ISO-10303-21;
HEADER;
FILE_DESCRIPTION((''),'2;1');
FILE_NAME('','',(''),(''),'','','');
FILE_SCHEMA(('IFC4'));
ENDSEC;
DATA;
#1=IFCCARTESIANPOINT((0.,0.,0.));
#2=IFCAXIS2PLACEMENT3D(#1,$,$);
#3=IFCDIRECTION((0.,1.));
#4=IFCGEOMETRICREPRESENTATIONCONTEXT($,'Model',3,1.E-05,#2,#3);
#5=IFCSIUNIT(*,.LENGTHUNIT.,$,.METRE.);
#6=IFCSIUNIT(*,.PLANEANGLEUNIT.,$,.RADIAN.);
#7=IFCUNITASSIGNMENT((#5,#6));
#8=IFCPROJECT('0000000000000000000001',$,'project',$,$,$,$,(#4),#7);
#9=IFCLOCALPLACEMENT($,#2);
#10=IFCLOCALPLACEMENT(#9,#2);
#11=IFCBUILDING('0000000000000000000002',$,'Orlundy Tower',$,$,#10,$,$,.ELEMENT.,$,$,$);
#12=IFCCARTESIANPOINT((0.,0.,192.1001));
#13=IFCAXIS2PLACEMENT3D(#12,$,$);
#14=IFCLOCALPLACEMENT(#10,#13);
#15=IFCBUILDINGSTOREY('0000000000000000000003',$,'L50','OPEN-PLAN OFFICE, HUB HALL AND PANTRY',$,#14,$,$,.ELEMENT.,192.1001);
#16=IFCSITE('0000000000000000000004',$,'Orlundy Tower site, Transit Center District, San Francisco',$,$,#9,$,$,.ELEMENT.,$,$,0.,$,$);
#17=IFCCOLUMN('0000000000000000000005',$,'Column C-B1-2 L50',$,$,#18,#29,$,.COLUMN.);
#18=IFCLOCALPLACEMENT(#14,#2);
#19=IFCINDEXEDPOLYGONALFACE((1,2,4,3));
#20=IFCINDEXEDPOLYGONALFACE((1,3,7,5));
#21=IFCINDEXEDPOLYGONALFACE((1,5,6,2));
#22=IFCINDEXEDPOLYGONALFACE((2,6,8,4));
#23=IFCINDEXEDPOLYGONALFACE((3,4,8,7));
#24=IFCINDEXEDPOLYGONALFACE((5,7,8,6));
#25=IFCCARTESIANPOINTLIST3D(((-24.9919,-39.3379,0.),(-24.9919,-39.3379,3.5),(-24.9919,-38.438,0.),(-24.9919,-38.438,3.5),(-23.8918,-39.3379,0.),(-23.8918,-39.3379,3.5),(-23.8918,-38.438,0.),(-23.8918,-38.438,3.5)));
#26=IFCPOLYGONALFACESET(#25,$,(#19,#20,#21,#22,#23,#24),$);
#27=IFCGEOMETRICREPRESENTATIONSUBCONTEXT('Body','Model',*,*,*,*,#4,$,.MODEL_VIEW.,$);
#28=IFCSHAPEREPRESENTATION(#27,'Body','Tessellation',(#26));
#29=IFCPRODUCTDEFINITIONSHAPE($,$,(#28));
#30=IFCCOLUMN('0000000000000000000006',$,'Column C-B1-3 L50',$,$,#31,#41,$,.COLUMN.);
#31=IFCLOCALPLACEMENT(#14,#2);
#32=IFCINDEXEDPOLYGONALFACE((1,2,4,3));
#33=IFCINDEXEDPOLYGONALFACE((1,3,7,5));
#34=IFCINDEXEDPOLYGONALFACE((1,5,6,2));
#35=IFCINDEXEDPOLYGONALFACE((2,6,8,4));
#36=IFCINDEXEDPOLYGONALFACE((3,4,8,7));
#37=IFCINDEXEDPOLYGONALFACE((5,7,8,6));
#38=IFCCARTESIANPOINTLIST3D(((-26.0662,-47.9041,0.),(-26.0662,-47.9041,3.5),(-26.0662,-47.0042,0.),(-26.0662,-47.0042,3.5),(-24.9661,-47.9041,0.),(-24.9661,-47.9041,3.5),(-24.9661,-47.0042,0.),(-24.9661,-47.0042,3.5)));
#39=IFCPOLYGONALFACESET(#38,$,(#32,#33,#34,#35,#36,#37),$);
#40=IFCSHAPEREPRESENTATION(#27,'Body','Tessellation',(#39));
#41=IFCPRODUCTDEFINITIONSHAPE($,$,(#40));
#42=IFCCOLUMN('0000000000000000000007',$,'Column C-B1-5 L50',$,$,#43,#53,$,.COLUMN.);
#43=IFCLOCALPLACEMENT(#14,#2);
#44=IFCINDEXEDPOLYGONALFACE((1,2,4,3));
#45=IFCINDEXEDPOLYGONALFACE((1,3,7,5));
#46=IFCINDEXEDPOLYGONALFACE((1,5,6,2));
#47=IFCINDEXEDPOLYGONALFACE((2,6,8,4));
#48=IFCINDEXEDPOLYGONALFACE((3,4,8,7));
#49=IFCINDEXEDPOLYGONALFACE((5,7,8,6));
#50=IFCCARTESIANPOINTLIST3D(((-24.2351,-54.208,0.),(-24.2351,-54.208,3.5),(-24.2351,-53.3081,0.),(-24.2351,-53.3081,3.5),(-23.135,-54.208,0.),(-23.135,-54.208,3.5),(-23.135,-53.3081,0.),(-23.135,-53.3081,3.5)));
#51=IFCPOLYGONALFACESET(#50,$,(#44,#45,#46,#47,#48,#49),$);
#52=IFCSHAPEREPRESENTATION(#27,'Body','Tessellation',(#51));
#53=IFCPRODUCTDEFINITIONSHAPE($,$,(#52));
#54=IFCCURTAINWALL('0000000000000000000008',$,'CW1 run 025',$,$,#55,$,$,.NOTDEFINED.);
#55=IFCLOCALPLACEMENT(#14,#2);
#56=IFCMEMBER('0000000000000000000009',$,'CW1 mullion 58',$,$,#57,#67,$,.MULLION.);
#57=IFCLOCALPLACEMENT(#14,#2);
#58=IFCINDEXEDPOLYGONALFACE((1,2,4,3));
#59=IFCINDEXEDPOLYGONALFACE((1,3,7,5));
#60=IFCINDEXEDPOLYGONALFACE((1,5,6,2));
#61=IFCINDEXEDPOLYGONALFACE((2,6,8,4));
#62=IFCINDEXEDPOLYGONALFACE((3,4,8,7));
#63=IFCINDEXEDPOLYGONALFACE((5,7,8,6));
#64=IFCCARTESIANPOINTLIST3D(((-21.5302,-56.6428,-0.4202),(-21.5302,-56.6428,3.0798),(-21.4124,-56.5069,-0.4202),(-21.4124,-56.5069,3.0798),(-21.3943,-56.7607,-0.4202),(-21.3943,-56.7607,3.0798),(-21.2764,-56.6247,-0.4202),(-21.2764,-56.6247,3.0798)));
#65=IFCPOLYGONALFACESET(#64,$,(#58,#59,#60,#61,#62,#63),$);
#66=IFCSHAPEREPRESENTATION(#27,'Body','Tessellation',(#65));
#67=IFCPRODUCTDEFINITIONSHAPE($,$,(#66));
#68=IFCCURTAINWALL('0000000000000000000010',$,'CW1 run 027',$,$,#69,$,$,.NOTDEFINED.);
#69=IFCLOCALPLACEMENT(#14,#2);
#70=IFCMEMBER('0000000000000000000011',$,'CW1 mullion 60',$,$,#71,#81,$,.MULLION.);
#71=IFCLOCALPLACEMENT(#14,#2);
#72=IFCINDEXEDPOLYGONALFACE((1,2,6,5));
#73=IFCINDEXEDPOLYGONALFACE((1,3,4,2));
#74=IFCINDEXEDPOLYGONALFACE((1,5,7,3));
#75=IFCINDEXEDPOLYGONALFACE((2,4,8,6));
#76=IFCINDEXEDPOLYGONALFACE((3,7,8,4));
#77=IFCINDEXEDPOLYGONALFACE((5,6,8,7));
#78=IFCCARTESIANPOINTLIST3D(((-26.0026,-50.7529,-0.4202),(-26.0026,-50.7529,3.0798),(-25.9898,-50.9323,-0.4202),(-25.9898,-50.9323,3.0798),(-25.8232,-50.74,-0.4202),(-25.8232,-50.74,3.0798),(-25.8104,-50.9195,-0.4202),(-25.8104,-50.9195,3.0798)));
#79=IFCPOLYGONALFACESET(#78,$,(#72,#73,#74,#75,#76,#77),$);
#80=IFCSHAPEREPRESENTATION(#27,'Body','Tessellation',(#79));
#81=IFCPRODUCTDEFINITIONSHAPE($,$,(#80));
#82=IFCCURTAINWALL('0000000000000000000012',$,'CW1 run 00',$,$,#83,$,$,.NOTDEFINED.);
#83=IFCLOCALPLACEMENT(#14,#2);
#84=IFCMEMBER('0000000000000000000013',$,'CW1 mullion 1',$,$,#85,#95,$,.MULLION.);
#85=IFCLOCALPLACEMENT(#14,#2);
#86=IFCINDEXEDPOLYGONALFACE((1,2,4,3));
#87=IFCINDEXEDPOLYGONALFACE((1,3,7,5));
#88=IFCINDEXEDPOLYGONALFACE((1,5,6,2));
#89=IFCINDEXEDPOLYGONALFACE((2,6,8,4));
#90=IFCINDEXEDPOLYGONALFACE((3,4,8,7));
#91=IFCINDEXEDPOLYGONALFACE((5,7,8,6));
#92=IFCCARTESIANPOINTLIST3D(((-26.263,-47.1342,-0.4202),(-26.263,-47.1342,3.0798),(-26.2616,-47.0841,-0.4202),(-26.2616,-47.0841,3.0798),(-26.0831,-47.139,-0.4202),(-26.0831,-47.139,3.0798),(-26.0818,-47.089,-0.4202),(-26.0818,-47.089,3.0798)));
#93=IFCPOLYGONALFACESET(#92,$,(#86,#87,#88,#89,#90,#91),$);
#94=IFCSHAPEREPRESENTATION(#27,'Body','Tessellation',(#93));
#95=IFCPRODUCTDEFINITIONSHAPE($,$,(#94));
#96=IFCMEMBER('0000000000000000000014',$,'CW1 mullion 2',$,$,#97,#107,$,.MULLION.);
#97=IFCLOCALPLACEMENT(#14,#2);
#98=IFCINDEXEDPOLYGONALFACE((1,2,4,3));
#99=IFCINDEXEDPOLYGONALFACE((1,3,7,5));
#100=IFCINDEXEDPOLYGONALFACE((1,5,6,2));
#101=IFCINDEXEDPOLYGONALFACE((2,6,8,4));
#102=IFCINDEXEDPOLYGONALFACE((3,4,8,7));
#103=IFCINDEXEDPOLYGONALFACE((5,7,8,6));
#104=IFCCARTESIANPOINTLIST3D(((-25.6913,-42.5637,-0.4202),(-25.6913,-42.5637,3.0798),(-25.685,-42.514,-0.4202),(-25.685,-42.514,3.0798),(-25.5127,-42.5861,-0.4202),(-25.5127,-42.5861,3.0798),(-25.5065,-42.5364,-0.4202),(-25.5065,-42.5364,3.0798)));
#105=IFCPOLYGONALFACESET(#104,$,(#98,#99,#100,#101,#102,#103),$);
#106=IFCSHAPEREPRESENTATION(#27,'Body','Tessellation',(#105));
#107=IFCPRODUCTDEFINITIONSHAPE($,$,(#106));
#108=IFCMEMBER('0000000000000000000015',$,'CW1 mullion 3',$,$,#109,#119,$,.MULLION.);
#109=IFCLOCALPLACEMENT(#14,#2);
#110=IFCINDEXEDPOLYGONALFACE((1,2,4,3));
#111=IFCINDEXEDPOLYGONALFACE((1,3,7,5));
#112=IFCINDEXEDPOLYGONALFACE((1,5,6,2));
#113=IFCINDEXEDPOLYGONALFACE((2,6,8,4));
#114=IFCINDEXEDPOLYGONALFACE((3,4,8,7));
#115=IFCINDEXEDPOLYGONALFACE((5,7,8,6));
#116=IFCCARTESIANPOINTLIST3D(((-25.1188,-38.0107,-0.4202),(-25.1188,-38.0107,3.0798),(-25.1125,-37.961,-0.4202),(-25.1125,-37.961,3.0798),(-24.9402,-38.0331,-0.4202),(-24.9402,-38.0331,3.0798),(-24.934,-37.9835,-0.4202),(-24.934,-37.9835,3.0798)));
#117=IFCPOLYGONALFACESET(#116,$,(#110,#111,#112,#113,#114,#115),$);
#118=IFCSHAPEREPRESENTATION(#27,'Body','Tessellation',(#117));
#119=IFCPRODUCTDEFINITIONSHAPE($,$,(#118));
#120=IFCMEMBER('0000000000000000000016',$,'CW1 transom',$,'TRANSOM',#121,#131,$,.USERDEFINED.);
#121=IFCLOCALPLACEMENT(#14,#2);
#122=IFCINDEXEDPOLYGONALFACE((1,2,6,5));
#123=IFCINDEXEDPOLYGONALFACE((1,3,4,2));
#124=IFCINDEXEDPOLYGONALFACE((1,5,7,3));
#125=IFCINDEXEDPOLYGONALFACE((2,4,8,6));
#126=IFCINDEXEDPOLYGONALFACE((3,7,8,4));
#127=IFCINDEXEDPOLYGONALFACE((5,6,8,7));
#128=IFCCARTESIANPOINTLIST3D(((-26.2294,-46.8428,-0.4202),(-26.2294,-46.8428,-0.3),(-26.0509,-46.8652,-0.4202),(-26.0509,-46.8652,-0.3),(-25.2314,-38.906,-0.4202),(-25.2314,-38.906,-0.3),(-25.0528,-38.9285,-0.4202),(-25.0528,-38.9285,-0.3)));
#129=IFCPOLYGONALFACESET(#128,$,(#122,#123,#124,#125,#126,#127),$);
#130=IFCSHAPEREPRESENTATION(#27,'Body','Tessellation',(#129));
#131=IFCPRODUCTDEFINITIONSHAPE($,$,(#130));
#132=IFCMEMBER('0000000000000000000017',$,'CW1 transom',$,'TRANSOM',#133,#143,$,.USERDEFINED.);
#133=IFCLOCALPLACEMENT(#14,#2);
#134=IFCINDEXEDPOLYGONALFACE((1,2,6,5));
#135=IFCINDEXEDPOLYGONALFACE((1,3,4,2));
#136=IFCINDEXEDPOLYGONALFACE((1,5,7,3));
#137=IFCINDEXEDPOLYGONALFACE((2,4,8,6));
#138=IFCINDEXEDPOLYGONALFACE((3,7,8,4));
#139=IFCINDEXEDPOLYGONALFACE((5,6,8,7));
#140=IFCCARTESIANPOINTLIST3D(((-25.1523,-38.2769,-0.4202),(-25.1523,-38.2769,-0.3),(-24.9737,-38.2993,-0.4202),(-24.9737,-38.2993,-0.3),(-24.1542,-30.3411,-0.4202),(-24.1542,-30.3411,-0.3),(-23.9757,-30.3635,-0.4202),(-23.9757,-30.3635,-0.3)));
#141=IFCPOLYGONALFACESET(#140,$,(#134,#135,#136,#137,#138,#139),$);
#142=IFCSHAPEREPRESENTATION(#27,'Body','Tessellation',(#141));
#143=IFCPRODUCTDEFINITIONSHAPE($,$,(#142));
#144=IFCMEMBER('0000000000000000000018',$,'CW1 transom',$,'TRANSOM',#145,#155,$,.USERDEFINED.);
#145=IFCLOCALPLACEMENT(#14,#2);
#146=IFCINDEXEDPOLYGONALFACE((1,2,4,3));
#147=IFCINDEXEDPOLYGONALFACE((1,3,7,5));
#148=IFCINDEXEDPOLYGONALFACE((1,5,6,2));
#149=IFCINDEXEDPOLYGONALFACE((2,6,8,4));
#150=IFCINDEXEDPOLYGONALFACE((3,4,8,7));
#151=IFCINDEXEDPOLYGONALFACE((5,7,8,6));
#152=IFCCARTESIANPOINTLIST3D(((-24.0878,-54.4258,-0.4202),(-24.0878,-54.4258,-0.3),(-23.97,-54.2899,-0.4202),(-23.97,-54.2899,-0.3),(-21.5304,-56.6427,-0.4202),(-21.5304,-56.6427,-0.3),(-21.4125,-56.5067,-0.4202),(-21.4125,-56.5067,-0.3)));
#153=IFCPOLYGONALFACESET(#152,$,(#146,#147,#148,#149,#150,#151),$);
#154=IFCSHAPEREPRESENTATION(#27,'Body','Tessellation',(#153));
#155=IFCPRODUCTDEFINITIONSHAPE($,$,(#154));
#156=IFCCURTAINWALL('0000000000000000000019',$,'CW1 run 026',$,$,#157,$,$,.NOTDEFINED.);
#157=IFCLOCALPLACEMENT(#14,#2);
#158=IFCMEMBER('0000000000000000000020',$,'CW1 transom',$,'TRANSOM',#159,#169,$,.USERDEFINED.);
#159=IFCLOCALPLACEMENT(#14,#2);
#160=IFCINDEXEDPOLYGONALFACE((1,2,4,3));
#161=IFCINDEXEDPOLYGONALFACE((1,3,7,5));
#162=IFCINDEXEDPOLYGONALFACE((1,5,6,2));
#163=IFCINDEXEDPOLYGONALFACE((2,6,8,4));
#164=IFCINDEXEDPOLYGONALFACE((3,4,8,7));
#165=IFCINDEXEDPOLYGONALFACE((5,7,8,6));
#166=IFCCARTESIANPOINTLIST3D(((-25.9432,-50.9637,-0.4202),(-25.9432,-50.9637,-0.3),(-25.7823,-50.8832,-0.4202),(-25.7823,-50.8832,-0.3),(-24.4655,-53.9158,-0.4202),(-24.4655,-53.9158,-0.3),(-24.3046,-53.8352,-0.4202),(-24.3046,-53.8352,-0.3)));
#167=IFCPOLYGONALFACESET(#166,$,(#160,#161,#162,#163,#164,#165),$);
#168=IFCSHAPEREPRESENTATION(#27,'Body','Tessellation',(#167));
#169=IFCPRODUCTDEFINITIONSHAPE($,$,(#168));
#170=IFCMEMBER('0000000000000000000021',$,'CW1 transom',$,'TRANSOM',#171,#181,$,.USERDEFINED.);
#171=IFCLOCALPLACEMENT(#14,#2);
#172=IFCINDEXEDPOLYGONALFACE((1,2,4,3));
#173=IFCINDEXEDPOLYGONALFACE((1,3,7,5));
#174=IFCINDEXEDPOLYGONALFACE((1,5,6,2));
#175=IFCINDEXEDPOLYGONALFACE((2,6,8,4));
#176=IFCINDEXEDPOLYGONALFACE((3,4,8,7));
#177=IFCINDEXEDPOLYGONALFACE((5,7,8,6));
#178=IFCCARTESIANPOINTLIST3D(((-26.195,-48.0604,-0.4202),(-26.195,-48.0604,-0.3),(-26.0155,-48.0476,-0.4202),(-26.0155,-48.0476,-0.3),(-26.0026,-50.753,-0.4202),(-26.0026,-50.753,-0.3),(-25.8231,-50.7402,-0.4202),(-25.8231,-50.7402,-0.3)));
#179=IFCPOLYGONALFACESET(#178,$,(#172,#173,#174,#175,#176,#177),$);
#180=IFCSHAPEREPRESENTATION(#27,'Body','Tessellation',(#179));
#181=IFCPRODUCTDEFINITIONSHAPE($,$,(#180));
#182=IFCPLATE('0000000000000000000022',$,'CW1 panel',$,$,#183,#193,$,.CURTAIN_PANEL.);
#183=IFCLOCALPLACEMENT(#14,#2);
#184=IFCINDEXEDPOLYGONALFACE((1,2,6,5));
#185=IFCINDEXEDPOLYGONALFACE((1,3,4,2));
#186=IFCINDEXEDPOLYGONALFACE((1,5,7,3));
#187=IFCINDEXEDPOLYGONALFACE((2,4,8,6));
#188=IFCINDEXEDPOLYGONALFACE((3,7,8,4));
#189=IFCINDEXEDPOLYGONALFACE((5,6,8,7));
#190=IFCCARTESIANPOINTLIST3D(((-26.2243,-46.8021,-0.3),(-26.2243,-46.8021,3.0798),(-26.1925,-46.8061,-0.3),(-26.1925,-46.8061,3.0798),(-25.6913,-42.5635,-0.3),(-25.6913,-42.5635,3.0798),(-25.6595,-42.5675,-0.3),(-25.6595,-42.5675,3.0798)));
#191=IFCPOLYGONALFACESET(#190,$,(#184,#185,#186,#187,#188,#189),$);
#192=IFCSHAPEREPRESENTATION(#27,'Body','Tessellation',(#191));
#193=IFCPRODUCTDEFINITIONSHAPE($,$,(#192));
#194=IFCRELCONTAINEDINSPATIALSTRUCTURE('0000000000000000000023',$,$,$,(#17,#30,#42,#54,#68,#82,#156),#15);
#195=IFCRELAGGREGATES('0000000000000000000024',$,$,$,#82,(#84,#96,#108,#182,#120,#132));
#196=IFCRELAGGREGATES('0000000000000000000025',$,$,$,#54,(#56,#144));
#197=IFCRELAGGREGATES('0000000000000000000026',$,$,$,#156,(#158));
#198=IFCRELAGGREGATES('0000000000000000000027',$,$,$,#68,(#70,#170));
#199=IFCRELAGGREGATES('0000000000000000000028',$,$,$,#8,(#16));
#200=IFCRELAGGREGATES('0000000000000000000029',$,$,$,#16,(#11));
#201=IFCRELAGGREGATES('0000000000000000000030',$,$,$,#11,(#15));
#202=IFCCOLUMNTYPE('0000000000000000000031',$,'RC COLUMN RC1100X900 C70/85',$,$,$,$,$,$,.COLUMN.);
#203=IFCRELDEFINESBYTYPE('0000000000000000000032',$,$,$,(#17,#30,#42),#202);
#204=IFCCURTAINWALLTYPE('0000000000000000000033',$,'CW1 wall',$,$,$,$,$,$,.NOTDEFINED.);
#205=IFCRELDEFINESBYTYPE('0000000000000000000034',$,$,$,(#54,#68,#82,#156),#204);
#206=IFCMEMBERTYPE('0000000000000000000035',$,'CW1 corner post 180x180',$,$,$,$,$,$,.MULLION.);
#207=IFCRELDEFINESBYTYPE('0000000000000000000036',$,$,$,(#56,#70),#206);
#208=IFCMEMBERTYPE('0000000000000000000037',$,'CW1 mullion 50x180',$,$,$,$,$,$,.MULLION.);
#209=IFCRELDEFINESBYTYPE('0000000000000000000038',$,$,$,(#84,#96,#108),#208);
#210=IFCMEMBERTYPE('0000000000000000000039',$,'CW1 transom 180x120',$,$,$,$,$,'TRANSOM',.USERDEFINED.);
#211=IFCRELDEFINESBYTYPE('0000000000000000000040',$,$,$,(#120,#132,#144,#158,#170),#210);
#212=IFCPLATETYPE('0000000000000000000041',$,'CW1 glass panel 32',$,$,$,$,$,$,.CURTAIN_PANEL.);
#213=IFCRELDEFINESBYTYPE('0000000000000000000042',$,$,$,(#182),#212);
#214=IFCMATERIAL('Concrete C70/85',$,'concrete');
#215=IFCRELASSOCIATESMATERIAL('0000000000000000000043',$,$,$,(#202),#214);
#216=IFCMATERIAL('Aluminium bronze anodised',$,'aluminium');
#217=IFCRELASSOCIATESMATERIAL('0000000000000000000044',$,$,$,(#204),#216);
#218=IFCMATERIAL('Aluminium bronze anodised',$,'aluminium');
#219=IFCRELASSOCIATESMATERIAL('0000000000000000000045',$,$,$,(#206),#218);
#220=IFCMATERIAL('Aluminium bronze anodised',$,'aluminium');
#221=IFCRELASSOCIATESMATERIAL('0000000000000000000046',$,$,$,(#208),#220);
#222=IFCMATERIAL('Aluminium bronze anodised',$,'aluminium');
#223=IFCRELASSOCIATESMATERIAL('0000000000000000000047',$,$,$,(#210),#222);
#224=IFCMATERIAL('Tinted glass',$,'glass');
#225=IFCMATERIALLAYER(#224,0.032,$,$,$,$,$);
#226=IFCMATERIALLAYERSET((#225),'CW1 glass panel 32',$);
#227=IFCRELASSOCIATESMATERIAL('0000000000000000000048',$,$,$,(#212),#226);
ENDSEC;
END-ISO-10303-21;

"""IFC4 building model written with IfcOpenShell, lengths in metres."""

from ifc_helpers import new_model, si_unit, direction, frame, origin, origin_2d, place, context, subcontext, project, spatial, rectangle, extrude, material, layer, layer_set, material_profile, profile_set, type_object, element, aggregate, save


model = new_model("IFC4")

# Units and contexts
model_context = context("Model", 3, precision=1e-05, world=origin(), true_north=direction((0.0, 1.0)))
body_context = subcontext(model_context, "Body", "Model", "MODEL_VIEW")
ifc_project = project(units=[si_unit("LENGTHUNIT", "METRE"), si_unit("PLANEANGLEUNIT", "RADIAN")], contexts=[model_context])

# Site, building, storey
site_placement = place(None, origin())
site = spatial("IfcSite", under=ifc_project, at=site_placement, Name="Orlundy Tower site, Transit Center District, San Francisco", CompositionType="ELEMENT", RefElevation=0.0)
building_placement = place(site_placement, origin())
building = spatial("IfcBuilding", under=site, at=building_placement, Name="Orlundy Tower", CompositionType="ELEMENT")
storey_placement = place(building_placement, frame((0.0, 0.0, 192.1001)))
storey = spatial("IfcBuildingStorey", under=building, at=storey_placement, Name="L50", Description="OPEN-PLAN OFFICE, HUB HALL AND PANTRY", CompositionType="ELEMENT", Elevation=192.1001)

# Columns
ifc_material_1 = material(Name="Concrete C70/85", Category="concrete")
ifc_material_profile_1 = material_profile(ifc_material_1, rectangle(XDim=1.1001, YDim=0.8999, at=origin_2d()), Name="RC1100X900")
ifc_profile_set_1 = profile_set([ifc_material_profile_1], Name="Concrete C70/85")
column_type = type_object("IfcColumnType", Name="RC COLUMN RC1100X900 C70/85", PredefinedType="COLUMN", material=ifc_profile_set_1)
for number, where, z_axis, x_axis, name in (
    (1, (-24.4419, -38.8879, 0.0), (0.0, 0.0, 1.0), (1.0, 0.0, 0.0), "Column C-B1-2 L50"),
    (2, (-25.5161, -47.4541, 0.0), (0.0, 0.0, 1.0), (1.0, 0.0, 0.0), "Column C-B1-3 L50"),
    (3, (-23.6851, -53.7581, 0.0), (0.0, 0.0, 1.0), (1.0, 0.0, 0.0), "Column C-B1-5 L50"),
):
    element("IfcColumn", number, at=place(storey_placement, frame(where, z_axis=z_axis, x_axis=x_axis)), inside=storey, type_object=column_type, Name=name, PredefinedType="COLUMN", context=body_context, shape_type="SweptSolid", body=[
        extrude(rectangle(XDim=1.1001, YDim=0.8999, at=origin_2d()), origin(), (0.0, 0.0, 1.0), 3.5),
    ])

# Curtain walls, members
ifc_material_2 = material(Name="Aluminium bronze anodised", Category="aluminium")
curtain_wall_type = type_object("IfcCurtainWallType", Name="CW1 wall", PredefinedType="NOTDEFINED", material=ifc_material_2)
curtain_wall_1_placement = place(storey_placement, origin())
curtain_wall_1 = element("IfcCurtainWall", 4, at=curtain_wall_1_placement, inside=storey, type_object=curtain_wall_type, Name="CW1 run 025", PredefinedType="NOTDEFINED")
ifc_material_3 = material(Name="Aluminium bronze anodised", Category="aluminium")
ifc_material_profile_2 = material_profile(ifc_material_3, rectangle(XDim=0.1799, YDim=0.1799, at=origin_2d()), Name="CW1 corner post 180x180")
ifc_profile_set_2 = profile_set([ifc_material_profile_2], Name="Aluminium bronze anodised")
member_type_1 = type_object("IfcMemberType", Name="CW1 corner post 180x180", PredefinedType="MULLION", material=ifc_profile_set_2)
member_1_placement = place(storey_placement, frame((-21.4033, -56.6338, -0.4202), z_axis=(0.0, 0.0, 1.0), x_axis=(-0.655002, -0.755627, 0.0)))
member_1 = element("IfcMember", 5, at=member_1_placement, type_object=member_type_1, Name="CW1 mullion 58", PredefinedType="MULLION", context=body_context, shape_type="SweptSolid", body=[
    extrude(rectangle(XDim=0.1799, YDim=0.1799, at=origin_2d()), origin(), (0.0, 0.0, 1.0), 3.5),
])
curtain_wall_2_placement = place(storey_placement, origin())
curtain_wall_2 = element("IfcCurtainWall", 6, at=curtain_wall_2_placement, inside=storey, type_object=curtain_wall_type, Name="CW1 run 027", PredefinedType="NOTDEFINED")
member_2_placement = place(storey_placement, frame((-25.9065, -50.8362, -0.4202), z_axis=(0.0, 0.0, 1.0), x_axis=(-0.997461, -0.071209, 0.0)))
member_2 = element("IfcMember", 7, at=member_2_placement, type_object=member_type_1, Name="CW1 mullion 60", PredefinedType="MULLION", context=body_context, shape_type="SweptSolid", body=[
    extrude(rectangle(XDim=0.1799, YDim=0.1799, at=origin_2d()), origin(), (0.0, 0.0, 1.0), 3.5),
])

# Curtain wall, members
curtain_wall_3_placement = place(storey_placement, origin())
curtain_wall_3 = element("IfcCurtainWall", 8, at=curtain_wall_3_placement, inside=storey, type_object=curtain_wall_type, Name="CW1 run 00", PredefinedType="NOTDEFINED")
ifc_material_4 = material(Name="Aluminium bronze anodised", Category="aluminium")
ifc_material_profile_3 = material_profile(ifc_material_4, rectangle(XDim=0.1799, YDim=0.05, at=origin_2d()), Name="CW1 mullion 50x180")
ifc_profile_set_3 = profile_set([ifc_material_profile_3], Name="Aluminium bronze anodised")
member_type_2 = type_object("IfcMemberType", Name="CW1 mullion 50x180", PredefinedType="MULLION", material=ifc_profile_set_3)
member_3_placement = place(storey_placement, frame((-26.1724, -47.1116, -0.4202), z_axis=(0.0, 0.0, 1.0), x_axis=(-0.999638, 0.026907, 0.0)))
member_3 = element("IfcMember", 9, at=member_3_placement, type_object=member_type_2, Name="CW1 mullion 1", PredefinedType="MULLION", context=body_context, shape_type="SweptSolid", body=[
    extrude(rectangle(XDim=0.1799, YDim=0.05, at=origin_2d()), origin(), (0.0, 0.0, 1.0), 3.5),
])
member_4_placement = place(storey_placement, frame((-25.5989, -42.55, -0.4202), z_axis=(0.0, 0.0, 1.0), x_axis=(-0.992187, 0.124763, 0.0)))
member_4 = element("IfcMember", 10, at=member_4_placement, type_object=member_type_2, Name="CW1 mullion 2", PredefinedType="MULLION", context=body_context, shape_type="SweptSolid", body=[
    extrude(rectangle(XDim=0.1799, YDim=0.05, at=origin_2d()), origin(), (0.0, 0.0, 1.0), 3.5),
])
member_5_placement = place(storey_placement, frame((-25.0264, -37.9971, -0.4202), z_axis=(0.0, 0.0, 1.0), x_axis=(-0.992187, 0.124763, 0.0)))
member_5 = element("IfcMember", 11, at=member_5_placement, type_object=member_type_2, Name="CW1 mullion 3", PredefinedType="MULLION", context=body_context, shape_type="SweptSolid", body=[
    extrude(rectangle(XDim=0.1799, YDim=0.05, at=origin_2d()), origin(), (0.0, 0.0, 1.0), 3.5),
])
ifc_material_5 = material(Name="Aluminium bronze anodised", Category="aluminium")
ifc_material_profile_4 = material_profile(ifc_material_5, rectangle(XDim=0.1799, YDim=0.1201, at=origin_2d()), Name="CW1 transom 180x120")
ifc_profile_set_4 = profile_set([ifc_material_profile_4], Name="Aluminium bronze anodised")
member_type_3 = type_object("IfcMemberType", Name="CW1 transom 180x120", ElementType="TRANSOM", PredefinedType="USERDEFINED", material=ifc_profile_set_4)
member_6_placement = place(storey_placement, frame((-26.1401, -46.854, -0.3601), z_axis=(0.124767, 0.992186, 0.0), x_axis=(-0.992186, 0.124767, 0.0)))
member_6 = element("IfcMember", 12, at=member_6_placement, type_object=member_type_3, Name="CW1 transom", ObjectType="TRANSOM", PredefinedType="USERDEFINED", context=body_context, shape_type="SweptSolid", body=[
    extrude(rectangle(XDim=0.1799, YDim=0.1201, at=origin_2d()), origin(), (0.0, 0.0, 1.0), 7.9993),
])
member_7_placement = place(storey_placement, frame((-25.063, -38.2881, -0.3601), z_axis=(0.124782, 0.992184, 0.0), x_axis=(-0.992184, 0.124782, 0.0)))
member_7 = element("IfcMember", 13, at=member_7_placement, type_object=member_type_3, Name="CW1 transom", ObjectType="TRANSOM", PredefinedType="USERDEFINED", context=body_context, shape_type="SweptSolid", body=[
    extrude(rectangle(XDim=0.1799, YDim=0.1201, at=origin_2d()), origin(), (0.0, 0.0, 1.0), 7.9983),
])

# Member
member_8_placement = place(storey_placement, frame((-21.4714, -56.5747, -0.3601), z_axis=(-0.75563, 0.654999, 0.0), x_axis=(-0.654999, -0.75563, 0.0)))
member_8 = element("IfcMember", 14, at=member_8_placement, type_object=member_type_3, Name="CW1 transom", ObjectType="TRANSOM", PredefinedType="USERDEFINED", context=body_context, shape_type="SweptSolid", body=[
    extrude(rectangle(XDim=0.1799, YDim=0.1201, at=origin_2d()), origin(), (0.0, 0.0, 1.0), 3.3845),
])

# Curtain wall, member
curtain_wall_4_placement = place(storey_placement, origin())
curtain_wall_4 = element("IfcCurtainWall", 15, at=curtain_wall_4_placement, inside=storey, type_object=curtain_wall_type, Name="CW1 run 026", PredefinedType="NOTDEFINED")
member_9_placement = place(storey_placement, frame((-24.385, -53.8755, -0.3601), z_axis=(-0.447628, 0.89422, 0.0), x_axis=(-0.89422, -0.447628, 0.0)))
member_9 = element("IfcMember", 16, at=member_9_placement, type_object=member_type_3, Name="CW1 transom", ObjectType="TRANSOM", PredefinedType="USERDEFINED", context=body_context, shape_type="SweptSolid", body=[
    extrude(rectangle(XDim=0.1799, YDim=0.1201, at=origin_2d()), origin(), (0.0, 0.0, 1.0), 3.3013),
])

# Member
member_10_placement = place(storey_placement, frame((-25.9128, -50.7466, -0.3601), z_axis=(-0.071266, 0.997457, 0.0), x_axis=(-0.997457, -0.071266, 0.0)))
member_10 = element("IfcMember", 17, at=member_10_placement, type_object=member_type_3, Name="CW1 transom", ObjectType="TRANSOM", PredefinedType="USERDEFINED", context=body_context, shape_type="SweptSolid", body=[
    extrude(rectangle(XDim=0.1799, YDim=0.1201, at=origin_2d()), origin(), (0.0, 0.0, 1.0), 2.6995),
])

# Plate
ifc_material_6 = material(Name="Tinted glass", Category="glass")
ifc_layer_1 = layer(ifc_material_6, 0.032)
ifc_layer_set_1 = layer_set([ifc_layer_1], Name="CW1 glass panel 32")
plate_type = type_object("IfcPlateType", Name="CW1 glass panel 32", PredefinedType="CURTAIN_PANEL", material=ifc_layer_set_1)
plate_1_placement = place(storey_placement, frame((-25.9419, -44.6848, -0.3), z_axis=(0.0, 0.0, 1.0), x_axis=(0.124763, 0.992187, 0.0)))
plate_1 = element("IfcPlate", 18, at=plate_1_placement, type_object=plate_type, Name="CW1 panel", PredefinedType="CURTAIN_PANEL", context=body_context, shape_type="SweptSolid", body=[
    extrude(rectangle(XDim=4.272, YDim=0.032, at=origin_2d()), origin(), (0.0, 0.0, 1.0), 3.3799),
])
aggregate(curtain_wall_3, [member_3, member_4, member_5, plate_1, member_6, member_7])
aggregate(curtain_wall_1, [member_1, member_8])
aggregate(curtain_wall_4, [member_9])
aggregate(curtain_wall_2, [member_2, member_10])

save(model, "model.ifc")
